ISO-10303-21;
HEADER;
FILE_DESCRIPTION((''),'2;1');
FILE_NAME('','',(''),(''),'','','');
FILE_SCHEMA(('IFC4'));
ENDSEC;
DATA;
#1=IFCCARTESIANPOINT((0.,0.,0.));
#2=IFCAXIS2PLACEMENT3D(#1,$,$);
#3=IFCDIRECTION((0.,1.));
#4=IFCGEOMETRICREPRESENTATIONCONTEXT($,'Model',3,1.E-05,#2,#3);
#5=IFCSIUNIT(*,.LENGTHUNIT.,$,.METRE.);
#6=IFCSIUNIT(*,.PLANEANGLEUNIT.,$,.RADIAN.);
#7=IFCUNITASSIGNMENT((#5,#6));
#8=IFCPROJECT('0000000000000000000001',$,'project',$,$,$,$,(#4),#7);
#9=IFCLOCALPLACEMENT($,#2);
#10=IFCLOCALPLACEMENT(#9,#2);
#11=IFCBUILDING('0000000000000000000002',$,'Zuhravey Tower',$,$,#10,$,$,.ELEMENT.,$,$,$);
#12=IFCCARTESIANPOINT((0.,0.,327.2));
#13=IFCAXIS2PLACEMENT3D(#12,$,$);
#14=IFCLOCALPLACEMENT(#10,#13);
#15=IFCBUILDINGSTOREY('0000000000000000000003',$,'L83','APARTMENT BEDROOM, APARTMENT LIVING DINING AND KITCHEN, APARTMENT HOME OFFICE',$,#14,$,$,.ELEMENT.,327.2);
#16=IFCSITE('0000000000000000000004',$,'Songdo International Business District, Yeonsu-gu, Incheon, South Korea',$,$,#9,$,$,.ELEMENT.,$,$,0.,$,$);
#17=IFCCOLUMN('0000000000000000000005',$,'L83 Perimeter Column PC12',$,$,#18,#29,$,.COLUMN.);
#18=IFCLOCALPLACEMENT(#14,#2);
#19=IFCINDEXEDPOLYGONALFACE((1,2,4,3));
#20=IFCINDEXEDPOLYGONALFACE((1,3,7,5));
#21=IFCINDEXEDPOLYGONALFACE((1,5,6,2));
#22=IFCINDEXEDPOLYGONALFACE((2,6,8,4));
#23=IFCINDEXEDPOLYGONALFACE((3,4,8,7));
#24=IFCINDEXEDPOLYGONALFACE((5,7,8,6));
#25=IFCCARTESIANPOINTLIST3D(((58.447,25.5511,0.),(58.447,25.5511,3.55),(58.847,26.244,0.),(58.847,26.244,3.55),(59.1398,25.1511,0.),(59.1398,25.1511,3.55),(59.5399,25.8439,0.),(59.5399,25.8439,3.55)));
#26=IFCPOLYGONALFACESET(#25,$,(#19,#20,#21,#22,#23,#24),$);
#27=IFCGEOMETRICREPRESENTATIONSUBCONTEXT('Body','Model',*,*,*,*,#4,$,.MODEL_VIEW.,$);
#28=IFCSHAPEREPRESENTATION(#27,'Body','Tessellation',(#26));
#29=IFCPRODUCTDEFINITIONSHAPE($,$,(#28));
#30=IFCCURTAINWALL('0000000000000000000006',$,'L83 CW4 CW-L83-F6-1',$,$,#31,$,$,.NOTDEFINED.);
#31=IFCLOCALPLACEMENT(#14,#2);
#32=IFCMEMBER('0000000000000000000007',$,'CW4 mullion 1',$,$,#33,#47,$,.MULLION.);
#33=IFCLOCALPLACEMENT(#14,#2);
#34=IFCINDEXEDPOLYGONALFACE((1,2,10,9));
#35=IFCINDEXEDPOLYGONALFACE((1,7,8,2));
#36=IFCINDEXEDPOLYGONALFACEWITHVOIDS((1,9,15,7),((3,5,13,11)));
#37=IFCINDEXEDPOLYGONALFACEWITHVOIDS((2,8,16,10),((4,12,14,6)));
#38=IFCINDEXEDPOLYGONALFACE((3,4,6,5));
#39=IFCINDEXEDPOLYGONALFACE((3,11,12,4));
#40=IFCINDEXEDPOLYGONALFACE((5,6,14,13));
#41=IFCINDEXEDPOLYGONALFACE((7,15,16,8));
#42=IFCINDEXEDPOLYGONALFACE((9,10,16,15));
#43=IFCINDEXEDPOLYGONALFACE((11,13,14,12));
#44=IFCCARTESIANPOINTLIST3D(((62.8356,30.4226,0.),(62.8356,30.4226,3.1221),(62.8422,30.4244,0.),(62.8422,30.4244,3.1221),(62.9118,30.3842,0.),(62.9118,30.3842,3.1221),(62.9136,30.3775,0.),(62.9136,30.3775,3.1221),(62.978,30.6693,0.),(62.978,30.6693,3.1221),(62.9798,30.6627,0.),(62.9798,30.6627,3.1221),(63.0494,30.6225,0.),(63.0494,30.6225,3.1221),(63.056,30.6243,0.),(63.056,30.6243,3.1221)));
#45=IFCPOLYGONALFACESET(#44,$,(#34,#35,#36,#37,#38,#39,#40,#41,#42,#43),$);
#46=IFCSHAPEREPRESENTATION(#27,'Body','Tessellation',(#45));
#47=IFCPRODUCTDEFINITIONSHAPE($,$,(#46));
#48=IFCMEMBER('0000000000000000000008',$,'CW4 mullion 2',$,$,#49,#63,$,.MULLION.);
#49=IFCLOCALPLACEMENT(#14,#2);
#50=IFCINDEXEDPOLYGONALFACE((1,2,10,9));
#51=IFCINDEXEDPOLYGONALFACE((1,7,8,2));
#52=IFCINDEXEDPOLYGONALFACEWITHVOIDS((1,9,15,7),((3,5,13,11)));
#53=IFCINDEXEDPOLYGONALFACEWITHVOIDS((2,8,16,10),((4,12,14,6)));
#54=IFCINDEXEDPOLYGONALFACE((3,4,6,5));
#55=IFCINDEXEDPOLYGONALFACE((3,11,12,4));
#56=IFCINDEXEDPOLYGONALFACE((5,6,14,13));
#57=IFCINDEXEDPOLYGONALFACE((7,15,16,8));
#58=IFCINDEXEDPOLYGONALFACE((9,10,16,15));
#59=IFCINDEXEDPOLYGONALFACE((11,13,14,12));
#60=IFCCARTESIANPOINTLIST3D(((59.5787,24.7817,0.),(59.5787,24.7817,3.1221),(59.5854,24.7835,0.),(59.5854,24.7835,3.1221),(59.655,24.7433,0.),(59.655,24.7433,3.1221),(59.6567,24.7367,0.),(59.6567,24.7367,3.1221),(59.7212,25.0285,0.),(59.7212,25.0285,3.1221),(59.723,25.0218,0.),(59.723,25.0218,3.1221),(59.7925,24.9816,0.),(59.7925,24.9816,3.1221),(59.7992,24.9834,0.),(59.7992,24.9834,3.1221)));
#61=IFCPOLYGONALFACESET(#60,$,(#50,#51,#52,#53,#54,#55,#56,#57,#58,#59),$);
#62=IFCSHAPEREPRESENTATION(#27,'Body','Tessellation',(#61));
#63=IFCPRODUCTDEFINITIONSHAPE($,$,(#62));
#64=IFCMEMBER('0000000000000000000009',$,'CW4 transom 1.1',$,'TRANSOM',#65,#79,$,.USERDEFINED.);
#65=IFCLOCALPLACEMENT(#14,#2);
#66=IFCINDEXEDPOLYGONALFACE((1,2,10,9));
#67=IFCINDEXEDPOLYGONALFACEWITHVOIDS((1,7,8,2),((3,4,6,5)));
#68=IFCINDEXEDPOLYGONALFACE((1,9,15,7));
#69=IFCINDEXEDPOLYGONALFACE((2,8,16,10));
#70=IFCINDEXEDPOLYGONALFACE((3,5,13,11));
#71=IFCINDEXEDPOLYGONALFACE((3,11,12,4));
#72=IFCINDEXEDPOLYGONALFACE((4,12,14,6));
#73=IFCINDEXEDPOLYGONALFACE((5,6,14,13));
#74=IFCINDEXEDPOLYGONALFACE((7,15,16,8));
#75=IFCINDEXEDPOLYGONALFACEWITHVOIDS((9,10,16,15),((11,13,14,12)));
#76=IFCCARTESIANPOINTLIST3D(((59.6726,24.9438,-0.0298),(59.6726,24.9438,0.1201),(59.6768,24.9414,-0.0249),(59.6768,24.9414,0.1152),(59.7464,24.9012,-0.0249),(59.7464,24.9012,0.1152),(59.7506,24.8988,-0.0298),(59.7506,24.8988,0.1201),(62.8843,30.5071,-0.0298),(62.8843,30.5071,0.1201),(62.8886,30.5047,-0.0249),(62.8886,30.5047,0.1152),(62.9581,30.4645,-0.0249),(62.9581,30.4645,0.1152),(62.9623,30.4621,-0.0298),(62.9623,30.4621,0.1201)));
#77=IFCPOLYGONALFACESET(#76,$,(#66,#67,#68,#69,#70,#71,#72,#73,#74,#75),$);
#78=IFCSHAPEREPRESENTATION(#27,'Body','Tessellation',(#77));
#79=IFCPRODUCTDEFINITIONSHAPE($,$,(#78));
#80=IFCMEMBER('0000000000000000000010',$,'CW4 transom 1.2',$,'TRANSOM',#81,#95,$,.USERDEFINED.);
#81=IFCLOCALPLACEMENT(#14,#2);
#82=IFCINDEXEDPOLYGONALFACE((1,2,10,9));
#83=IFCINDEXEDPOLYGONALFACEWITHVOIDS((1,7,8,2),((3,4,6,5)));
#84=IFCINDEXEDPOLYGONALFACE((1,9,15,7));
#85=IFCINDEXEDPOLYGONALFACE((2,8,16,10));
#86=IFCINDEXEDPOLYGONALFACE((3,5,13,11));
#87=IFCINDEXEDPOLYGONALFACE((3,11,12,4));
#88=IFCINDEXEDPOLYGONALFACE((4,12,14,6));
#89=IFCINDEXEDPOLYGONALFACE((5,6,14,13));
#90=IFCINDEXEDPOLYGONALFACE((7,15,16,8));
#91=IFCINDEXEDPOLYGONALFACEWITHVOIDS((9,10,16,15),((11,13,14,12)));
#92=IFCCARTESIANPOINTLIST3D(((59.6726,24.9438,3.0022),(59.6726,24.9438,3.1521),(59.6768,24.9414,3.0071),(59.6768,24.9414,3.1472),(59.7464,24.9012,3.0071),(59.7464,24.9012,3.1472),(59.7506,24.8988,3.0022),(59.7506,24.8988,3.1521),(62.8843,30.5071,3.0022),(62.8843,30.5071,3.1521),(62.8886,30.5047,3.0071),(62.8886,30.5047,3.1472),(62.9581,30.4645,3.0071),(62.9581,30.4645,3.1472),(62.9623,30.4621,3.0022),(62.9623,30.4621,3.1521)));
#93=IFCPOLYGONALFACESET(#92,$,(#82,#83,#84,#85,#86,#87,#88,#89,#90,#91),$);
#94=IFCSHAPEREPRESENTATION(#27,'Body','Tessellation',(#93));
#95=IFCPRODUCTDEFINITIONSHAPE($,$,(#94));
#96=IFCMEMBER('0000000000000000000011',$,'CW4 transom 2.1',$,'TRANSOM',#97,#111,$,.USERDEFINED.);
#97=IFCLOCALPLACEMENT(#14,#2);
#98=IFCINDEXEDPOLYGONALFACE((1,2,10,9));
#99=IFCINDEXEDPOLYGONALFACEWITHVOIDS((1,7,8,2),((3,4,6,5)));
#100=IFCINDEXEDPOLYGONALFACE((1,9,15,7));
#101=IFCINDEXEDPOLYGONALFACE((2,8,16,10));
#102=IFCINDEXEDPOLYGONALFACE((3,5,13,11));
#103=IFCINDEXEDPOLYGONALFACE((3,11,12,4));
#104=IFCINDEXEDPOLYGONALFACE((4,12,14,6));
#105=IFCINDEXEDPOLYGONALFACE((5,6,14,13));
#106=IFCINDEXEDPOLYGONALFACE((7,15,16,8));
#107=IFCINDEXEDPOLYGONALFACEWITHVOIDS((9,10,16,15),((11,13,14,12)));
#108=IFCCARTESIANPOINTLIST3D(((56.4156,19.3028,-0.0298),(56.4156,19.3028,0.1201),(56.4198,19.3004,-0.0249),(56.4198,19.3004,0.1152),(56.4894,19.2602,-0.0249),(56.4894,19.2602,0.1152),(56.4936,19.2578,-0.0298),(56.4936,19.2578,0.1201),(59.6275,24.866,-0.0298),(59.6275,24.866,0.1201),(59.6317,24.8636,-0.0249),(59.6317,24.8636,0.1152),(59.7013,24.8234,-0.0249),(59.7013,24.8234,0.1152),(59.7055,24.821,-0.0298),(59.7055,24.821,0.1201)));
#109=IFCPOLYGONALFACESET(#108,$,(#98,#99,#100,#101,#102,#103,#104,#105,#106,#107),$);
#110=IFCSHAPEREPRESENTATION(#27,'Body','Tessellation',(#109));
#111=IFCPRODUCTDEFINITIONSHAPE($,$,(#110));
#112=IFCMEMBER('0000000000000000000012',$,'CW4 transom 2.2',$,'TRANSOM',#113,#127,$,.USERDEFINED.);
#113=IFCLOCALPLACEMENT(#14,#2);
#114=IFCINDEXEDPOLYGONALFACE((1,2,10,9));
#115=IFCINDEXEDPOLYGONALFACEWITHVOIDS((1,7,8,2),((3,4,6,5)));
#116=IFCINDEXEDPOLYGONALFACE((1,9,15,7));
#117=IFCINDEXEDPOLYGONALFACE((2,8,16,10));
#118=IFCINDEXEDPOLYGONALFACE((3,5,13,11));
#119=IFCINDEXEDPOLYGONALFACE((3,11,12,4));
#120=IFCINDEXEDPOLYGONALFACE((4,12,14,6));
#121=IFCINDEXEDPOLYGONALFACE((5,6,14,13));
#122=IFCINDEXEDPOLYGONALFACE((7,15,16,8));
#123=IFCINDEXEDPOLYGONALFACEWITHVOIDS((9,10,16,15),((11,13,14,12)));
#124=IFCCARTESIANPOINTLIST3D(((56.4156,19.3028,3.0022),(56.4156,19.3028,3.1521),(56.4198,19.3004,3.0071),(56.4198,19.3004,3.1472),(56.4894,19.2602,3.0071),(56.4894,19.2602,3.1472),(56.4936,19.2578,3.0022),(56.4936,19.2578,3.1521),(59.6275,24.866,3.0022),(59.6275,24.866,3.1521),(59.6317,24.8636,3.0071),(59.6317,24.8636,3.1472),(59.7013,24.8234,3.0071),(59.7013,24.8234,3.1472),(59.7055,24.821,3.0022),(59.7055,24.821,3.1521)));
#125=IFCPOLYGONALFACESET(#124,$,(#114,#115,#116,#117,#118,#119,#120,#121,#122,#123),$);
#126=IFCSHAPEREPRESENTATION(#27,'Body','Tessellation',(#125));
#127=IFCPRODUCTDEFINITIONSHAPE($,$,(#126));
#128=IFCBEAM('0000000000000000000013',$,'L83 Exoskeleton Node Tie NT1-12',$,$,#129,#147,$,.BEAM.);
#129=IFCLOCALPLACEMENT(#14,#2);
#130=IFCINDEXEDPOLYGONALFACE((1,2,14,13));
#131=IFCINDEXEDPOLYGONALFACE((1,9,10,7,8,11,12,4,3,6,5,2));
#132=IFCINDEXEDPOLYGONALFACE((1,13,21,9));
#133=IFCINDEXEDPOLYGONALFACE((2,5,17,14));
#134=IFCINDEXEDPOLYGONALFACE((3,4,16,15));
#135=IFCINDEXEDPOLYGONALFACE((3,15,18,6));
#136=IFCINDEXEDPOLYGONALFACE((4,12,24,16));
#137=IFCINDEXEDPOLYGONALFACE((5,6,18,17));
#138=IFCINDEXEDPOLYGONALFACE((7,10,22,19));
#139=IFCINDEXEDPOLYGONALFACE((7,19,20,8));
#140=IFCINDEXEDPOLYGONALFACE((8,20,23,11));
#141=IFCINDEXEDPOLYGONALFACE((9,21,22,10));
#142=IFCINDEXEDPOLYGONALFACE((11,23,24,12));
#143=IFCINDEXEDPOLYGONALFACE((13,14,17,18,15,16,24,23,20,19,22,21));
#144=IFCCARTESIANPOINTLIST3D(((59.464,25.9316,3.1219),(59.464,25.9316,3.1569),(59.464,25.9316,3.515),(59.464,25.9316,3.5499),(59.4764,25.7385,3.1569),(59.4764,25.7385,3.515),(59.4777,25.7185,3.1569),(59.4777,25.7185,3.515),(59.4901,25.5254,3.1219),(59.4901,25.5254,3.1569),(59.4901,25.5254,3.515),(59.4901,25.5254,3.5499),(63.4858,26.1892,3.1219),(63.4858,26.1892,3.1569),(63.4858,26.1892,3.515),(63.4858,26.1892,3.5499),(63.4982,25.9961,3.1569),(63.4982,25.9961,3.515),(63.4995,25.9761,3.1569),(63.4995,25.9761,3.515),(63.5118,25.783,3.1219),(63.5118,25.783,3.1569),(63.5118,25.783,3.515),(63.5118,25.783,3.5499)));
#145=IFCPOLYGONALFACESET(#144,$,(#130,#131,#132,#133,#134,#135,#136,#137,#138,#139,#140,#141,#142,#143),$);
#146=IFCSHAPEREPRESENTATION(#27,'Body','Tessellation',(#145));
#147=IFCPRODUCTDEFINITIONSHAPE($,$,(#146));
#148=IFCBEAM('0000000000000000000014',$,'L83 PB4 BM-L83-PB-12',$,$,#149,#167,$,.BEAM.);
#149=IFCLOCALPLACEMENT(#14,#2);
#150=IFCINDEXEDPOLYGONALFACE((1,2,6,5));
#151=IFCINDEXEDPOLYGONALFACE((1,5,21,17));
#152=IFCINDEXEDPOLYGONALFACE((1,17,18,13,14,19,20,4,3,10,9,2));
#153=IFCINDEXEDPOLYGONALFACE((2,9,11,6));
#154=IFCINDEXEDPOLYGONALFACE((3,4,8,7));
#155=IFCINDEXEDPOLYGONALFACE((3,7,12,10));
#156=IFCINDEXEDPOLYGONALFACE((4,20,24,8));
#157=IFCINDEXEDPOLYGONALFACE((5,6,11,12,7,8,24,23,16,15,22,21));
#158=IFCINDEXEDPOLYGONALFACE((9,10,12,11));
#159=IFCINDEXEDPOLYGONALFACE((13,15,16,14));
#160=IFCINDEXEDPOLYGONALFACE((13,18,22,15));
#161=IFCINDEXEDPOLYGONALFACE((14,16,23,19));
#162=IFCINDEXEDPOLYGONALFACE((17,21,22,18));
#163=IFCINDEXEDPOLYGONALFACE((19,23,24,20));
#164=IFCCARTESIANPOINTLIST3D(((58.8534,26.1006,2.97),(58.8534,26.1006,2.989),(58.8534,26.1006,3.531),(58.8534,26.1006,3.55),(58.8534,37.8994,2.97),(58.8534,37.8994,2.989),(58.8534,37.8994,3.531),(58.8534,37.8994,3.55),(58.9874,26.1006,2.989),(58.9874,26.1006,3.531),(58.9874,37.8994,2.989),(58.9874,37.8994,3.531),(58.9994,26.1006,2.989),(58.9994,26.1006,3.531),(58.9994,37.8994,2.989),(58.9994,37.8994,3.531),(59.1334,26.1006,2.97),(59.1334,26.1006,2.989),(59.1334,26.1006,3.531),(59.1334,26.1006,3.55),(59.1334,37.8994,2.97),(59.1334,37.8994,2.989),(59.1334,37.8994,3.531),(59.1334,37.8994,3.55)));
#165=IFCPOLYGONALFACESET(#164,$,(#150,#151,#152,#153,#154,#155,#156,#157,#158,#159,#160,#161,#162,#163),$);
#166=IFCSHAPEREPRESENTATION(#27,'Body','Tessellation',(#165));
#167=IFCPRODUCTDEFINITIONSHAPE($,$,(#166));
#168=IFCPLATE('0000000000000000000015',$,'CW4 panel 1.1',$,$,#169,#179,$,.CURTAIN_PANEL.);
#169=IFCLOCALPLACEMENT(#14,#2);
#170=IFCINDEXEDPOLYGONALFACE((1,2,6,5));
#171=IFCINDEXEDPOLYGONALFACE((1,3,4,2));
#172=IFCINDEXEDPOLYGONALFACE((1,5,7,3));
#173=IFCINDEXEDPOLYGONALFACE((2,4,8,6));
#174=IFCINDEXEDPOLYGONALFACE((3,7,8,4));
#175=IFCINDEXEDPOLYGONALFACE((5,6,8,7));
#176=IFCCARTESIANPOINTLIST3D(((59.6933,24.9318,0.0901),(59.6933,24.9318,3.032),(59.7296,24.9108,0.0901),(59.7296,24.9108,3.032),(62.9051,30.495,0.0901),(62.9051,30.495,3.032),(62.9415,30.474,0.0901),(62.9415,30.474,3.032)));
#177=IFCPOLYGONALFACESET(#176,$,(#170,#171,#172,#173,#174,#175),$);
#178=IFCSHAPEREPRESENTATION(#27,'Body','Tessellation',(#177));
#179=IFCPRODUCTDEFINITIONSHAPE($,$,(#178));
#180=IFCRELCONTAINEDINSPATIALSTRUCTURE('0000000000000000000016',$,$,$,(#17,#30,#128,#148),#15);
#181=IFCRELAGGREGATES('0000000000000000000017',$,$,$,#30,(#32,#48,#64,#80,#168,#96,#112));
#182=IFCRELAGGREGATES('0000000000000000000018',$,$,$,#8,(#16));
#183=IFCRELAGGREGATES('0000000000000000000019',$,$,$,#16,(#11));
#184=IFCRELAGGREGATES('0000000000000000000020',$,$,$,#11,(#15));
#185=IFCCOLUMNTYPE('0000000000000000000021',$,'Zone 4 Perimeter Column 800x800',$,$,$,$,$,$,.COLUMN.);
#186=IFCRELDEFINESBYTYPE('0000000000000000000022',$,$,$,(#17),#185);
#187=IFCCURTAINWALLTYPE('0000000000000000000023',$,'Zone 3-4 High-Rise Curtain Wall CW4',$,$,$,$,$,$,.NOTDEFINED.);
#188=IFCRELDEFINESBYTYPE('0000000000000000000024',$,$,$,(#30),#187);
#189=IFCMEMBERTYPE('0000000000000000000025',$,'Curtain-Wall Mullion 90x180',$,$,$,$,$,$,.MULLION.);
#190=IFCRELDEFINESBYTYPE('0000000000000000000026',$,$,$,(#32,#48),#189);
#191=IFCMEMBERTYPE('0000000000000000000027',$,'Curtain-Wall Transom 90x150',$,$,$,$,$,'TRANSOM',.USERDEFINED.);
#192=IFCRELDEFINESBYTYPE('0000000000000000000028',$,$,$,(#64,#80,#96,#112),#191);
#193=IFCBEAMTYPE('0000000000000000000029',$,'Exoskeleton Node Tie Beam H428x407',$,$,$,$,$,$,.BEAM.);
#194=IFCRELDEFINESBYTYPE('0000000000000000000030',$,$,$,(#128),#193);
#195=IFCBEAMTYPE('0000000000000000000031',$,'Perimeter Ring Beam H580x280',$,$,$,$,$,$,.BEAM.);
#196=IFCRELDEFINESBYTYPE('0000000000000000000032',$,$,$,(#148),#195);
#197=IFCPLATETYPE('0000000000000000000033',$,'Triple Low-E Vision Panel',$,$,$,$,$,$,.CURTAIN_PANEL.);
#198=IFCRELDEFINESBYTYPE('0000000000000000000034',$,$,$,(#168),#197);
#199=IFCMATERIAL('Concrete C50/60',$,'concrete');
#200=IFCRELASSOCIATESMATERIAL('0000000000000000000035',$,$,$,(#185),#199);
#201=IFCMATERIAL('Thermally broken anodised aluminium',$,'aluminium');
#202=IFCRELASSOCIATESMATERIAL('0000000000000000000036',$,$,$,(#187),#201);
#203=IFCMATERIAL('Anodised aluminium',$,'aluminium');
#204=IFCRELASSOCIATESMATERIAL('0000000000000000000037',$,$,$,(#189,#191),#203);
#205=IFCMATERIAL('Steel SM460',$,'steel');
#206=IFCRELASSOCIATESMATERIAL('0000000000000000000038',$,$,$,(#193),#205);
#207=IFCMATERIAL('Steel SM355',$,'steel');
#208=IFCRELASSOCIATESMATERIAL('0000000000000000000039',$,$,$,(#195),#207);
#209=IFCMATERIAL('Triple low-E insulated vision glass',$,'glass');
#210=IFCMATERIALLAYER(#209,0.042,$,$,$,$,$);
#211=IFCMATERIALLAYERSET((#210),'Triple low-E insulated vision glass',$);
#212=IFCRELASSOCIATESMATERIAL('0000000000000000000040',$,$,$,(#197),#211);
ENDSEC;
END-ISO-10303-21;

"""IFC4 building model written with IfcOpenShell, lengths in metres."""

from ifc_helpers import new_model, si_unit, direction, frame, origin, origin_2d, place, context, subcontext, project, spatial, rectangle, hollow_rectangle, i_section, extrude, material, layer, layer_set, material_profile, profile_set, type_object, element, aggregate, save


model = new_model("IFC4")

# Units and contexts
model_context = context("Model", 3, precision=1e-05, world=origin(), true_north=direction((0.0, 1.0)))
body_context = subcontext(model_context, "Body", "Model", "MODEL_VIEW")
ifc_project = project(units=[si_unit("LENGTHUNIT", "METRE"), si_unit("PLANEANGLEUNIT", "RADIAN")], contexts=[model_context])

# Site, building, storey
site_placement = place(None, origin())
site = spatial("IfcSite", under=ifc_project, at=site_placement, Name="Songdo International Business District, Yeonsu-gu, Incheon, South Korea", CompositionType="ELEMENT", RefElevation=0.0)
building_placement = place(site_placement, origin())
building = spatial("IfcBuilding", under=site, at=building_placement, Name="Zuhravey Tower", CompositionType="ELEMENT")
storey_placement = place(building_placement, frame((0.0, 0.0, 327.2)))
storey = spatial("IfcBuildingStorey", under=building, at=storey_placement, Name="L83", Description="APARTMENT BEDROOM, APARTMENT LIVING DINING AND KITCHEN, APARTMENT HOME OFFICE", CompositionType="ELEMENT", Elevation=327.2)

# Column
ifc_material_1 = material(Name="Concrete C50/60", Category="concrete")
ifc_material_profile_1 = material_profile(ifc_material_1, rectangle(XDim=0.8, YDim=0.8, at=origin_2d()), Name="RC-800x800")
ifc_profile_set_1 = profile_set([ifc_material_profile_1], Name="Concrete C50/60")
column_type = type_object("IfcColumnType", Name="Zone 4 Perimeter Column 800x800", PredefinedType="COLUMN", material=ifc_profile_set_1)
column_placement = place(storey_placement, frame((58.9934, 25.6975, 0.0), z_axis=(0.0, 0.0, 1.0), x_axis=(0.5, 0.866025, 0.0)))
element("IfcColumn", 1, at=column_placement, inside=storey, type_object=column_type, Name="L83 Perimeter Column PC12", PredefinedType="COLUMN", context=body_context, shape_type="SweptSolid", body=[
    extrude(rectangle(XDim=0.8, YDim=0.8, at=origin_2d()), origin(), (0.0, 0.0, 1.0), 3.55),
])

# Curtain wall, members
ifc_material_2 = material(Name="Thermally broken anodised aluminium", Category="aluminium")
curtain_wall_type = type_object("IfcCurtainWallType", Name="Zone 3-4 High-Rise Curtain Wall CW4", PredefinedType="NOTDEFINED", material=ifc_material_2)
curtain_wall_placement = place(storey_placement, origin())
curtain_wall = element("IfcCurtainWall", 2, at=curtain_wall_placement, inside=storey, type_object=curtain_wall_type, Name="L83 CW4 CW-L83-F6-1", PredefinedType="NOTDEFINED")
ifc_material_3 = material(Name="Anodised aluminium", Category="aluminium")
ifc_material_profile_2 = material_profile(ifc_material_3, hollow_rectangle(XDim=0.0901, YDim=0.2849, WallThickness=0.0049, at=origin_2d()), Name="ALU-RHS-90x285x5")
ifc_profile_set_2 = profile_set([ifc_material_profile_2], Name="Anodised aluminium")
member_type_1 = type_object("IfcMemberType", Name="Curtain-Wall Mullion 90x180", PredefinedType="MULLION", material=ifc_profile_set_2)
member_1_placement = place(storey_placement, frame((62.9458, 30.5234, 0.0), z_axis=(0.0, 0.0, 1.0), x_axis=(0.866027, -0.499997, 0.0)))
member_1 = element("IfcMember", 3, at=member_1_placement, type_object=member_type_1, Name="CW4 mullion 1", PredefinedType="MULLION", context=body_context, shape_type="SweptSolid", body=[
    extrude(hollow_rectangle(XDim=0.0901, YDim=0.2849, WallThickness=0.0049, at=origin_2d()), origin(), (0.0, 0.0, 1.0), 3.1221),
])
member_2_placement = place(storey_placement, frame((59.689, 24.8826, 0.0), z_axis=(0.0, 0.0, 1.0), x_axis=(0.866027, -0.499997, 0.0)))
member_2 = element("IfcMember", 4, at=member_2_placement, type_object=member_type_1, Name="CW4 mullion 2", PredefinedType="MULLION", context=body_context, shape_type="SweptSolid", body=[
    extrude(hollow_rectangle(XDim=0.0901, YDim=0.2849, WallThickness=0.0049, at=origin_2d()), origin(), (0.0, 0.0, 1.0), 3.1221),
])
ifc_material_profile_3 = material_profile(ifc_material_3, hollow_rectangle(XDim=0.0901, YDim=0.1499, WallThickness=0.0049, at=origin_2d()), Name="ALU-RHS-90x150x5")
ifc_profile_set_3 = profile_set([ifc_material_profile_3], Name="Anodised aluminium")
member_type_2 = type_object("IfcMemberType", Name="Curtain-Wall Transom 90x150", ElementType="TRANSOM", PredefinedType="USERDEFINED", material=ifc_profile_set_3)
member_3_placement = place(storey_placement, frame((62.9233, 30.4846, 0.0452), z_axis=(-0.499969, -0.866043, 0.0), x_axis=(0.866043, -0.499969, 0.0)))
member_3 = element("IfcMember", 5, at=member_3_placement, type_object=member_type_2, Name="CW4 transom 1.1", ObjectType="TRANSOM", PredefinedType="USERDEFINED", context=body_context, shape_type="SweptSolid", body=[
    extrude(hollow_rectangle(XDim=0.0901, YDim=0.1499, WallThickness=0.0049, at=origin_2d()), origin(), (0.0, 0.0, 1.0), 6.4238),
])
member_4_placement = place(storey_placement, frame((62.9233, 30.4846, 3.0771), z_axis=(-0.499969, -0.866043, 0.0), x_axis=(0.866043, -0.499969, 0.0)))
member_4 = element("IfcMember", 6, at=member_4_placement, type_object=member_type_2, Name="CW4 transom 1.2", ObjectType="TRANSOM", PredefinedType="USERDEFINED", context=body_context, shape_type="SweptSolid", body=[
    extrude(hollow_rectangle(XDim=0.0901, YDim=0.1499, WallThickness=0.0049, at=origin_2d()), origin(), (0.0, 0.0, 1.0), 6.4238),
])
member_5_placement = place(storey_placement, frame((59.6665, 24.8435, 0.0452), z_axis=(-0.499998, -0.866027, 0.0), x_axis=(0.866027, -0.499998, 0.0)))
member_5 = element("IfcMember", 7, at=member_5_placement, type_object=member_type_2, Name="CW4 transom 2.1", ObjectType="TRANSOM", PredefinedType="USERDEFINED", context=body_context, shape_type="SweptSolid", body=[
    extrude(hollow_rectangle(XDim=0.0901, YDim=0.1499, WallThickness=0.0049, at=origin_2d()), origin(), (0.0, 0.0, 1.0), 6.4238),
])
member_6_placement = place(storey_placement, frame((59.6665, 24.8435, 3.0771), z_axis=(-0.499998, -0.866027, 0.0), x_axis=(0.866027, -0.499998, 0.0)))
member_6 = element("IfcMember", 8, at=member_6_placement, type_object=member_type_2, Name="CW4 transom 2.2", ObjectType="TRANSOM", PredefinedType="USERDEFINED", context=body_context, shape_type="SweptSolid", body=[
    extrude(hollow_rectangle(XDim=0.0901, YDim=0.1499, WallThickness=0.0049, at=origin_2d()), origin(), (0.0, 0.0, 1.0), 6.4238),
])

# Beams
ifc_material_4 = material(Name="Steel SM460", Category="steel")
ifc_material_profile_4 = material_profile(ifc_material_4, i_section(OverallWidth=0.407, OverallDepth=0.428, WebThickness=0.02, FlangeThickness=0.0349, at=origin_2d()), Name="H-428x407x20x35")
ifc_profile_set_4 = profile_set([ifc_material_profile_4], Name="Steel SM460")
beam_type_1 = type_object("IfcBeamType", Name="Exoskeleton Node Tie Beam H428x407", PredefinedType="BEAM", material=ifc_profile_set_4)
beam_1_placement = place(storey_placement, frame((59.4771, 25.7285, 3.3359), z_axis=(0.997955, 0.063913, 0.0), x_axis=(-0.063913, 0.997955, 0.0)))
element("IfcBeam", 9, at=beam_1_placement, inside=storey, type_object=beam_type_1, Name="L83 Exoskeleton Node Tie NT1-12", PredefinedType="BEAM", context=body_context, shape_type="SweptSolid", body=[
    extrude(i_section(OverallWidth=0.407, OverallDepth=0.428, WebThickness=0.02, FlangeThickness=0.0349, at=origin_2d()), origin(), (0.0, 0.0, 1.0), 4.03),
])
ifc_material_5 = material(Name="Steel SM355", Category="steel")
ifc_material_profile_5 = material_profile(ifc_material_5, i_section(OverallWidth=0.28, OverallDepth=0.5801, WebThickness=0.012, FlangeThickness=0.019, at=origin_2d()), Name="H-580x280x12x19")
ifc_profile_set_5 = profile_set([ifc_material_profile_5], Name="Steel SM355")
beam_type_2 = type_object("IfcBeamType", Name="Perimeter Ring Beam H580x280", PredefinedType="BEAM", material=ifc_profile_set_5)
beam_2_placement = place(storey_placement, frame((58.9934, 26.1006, 3.26), z_axis=(0.0, 1.0, 0.0), x_axis=(-1.0, 0.0, 0.0)))
element("IfcBeam", 10, at=beam_2_placement, inside=storey, type_object=beam_type_2, Name="L83 PB4 BM-L83-PB-12", PredefinedType="BEAM", context=body_context, shape_type="SweptSolid", body=[
    extrude(i_section(OverallWidth=0.28, OverallDepth=0.5801, WebThickness=0.012, FlangeThickness=0.019, at=origin_2d()), origin(), (0.0, 0.0, 1.0), 11.7988),
])

# Plate
ifc_material_6 = material(Name="Triple low-E insulated vision glass", Category="glass")
ifc_layer_1 = layer(ifc_material_6, 0.042)
ifc_layer_set_1 = layer_set([ifc_layer_1], Name="Triple low-E insulated vision glass")
plate_type = type_object("IfcPlateType", Name="Triple Low-E Vision Panel", PredefinedType="CURTAIN_PANEL", material=ifc_layer_set_1)
plate_1_placement = place(storey_placement, frame((61.3174, 27.7029, 0.0901), z_axis=(0.0, 0.0, 1.0), x_axis=(-0.499997, -0.866027, 0.0)))
plate_1 = element("IfcPlate", 11, at=plate_1_placement, type_object=plate_type, Name="CW4 panel 1.1", PredefinedType="CURTAIN_PANEL", context=body_context, shape_type="SweptSolid", body=[
    extrude(rectangle(XDim=6.4238, YDim=0.042, at=origin_2d()), origin(), (0.0, 0.0, 1.0), 2.9419),
])
aggregate(curtain_wall, [member_1, member_2, member_3, member_4, plate_1, member_5, member_6])

save(model, "model.ifc")
